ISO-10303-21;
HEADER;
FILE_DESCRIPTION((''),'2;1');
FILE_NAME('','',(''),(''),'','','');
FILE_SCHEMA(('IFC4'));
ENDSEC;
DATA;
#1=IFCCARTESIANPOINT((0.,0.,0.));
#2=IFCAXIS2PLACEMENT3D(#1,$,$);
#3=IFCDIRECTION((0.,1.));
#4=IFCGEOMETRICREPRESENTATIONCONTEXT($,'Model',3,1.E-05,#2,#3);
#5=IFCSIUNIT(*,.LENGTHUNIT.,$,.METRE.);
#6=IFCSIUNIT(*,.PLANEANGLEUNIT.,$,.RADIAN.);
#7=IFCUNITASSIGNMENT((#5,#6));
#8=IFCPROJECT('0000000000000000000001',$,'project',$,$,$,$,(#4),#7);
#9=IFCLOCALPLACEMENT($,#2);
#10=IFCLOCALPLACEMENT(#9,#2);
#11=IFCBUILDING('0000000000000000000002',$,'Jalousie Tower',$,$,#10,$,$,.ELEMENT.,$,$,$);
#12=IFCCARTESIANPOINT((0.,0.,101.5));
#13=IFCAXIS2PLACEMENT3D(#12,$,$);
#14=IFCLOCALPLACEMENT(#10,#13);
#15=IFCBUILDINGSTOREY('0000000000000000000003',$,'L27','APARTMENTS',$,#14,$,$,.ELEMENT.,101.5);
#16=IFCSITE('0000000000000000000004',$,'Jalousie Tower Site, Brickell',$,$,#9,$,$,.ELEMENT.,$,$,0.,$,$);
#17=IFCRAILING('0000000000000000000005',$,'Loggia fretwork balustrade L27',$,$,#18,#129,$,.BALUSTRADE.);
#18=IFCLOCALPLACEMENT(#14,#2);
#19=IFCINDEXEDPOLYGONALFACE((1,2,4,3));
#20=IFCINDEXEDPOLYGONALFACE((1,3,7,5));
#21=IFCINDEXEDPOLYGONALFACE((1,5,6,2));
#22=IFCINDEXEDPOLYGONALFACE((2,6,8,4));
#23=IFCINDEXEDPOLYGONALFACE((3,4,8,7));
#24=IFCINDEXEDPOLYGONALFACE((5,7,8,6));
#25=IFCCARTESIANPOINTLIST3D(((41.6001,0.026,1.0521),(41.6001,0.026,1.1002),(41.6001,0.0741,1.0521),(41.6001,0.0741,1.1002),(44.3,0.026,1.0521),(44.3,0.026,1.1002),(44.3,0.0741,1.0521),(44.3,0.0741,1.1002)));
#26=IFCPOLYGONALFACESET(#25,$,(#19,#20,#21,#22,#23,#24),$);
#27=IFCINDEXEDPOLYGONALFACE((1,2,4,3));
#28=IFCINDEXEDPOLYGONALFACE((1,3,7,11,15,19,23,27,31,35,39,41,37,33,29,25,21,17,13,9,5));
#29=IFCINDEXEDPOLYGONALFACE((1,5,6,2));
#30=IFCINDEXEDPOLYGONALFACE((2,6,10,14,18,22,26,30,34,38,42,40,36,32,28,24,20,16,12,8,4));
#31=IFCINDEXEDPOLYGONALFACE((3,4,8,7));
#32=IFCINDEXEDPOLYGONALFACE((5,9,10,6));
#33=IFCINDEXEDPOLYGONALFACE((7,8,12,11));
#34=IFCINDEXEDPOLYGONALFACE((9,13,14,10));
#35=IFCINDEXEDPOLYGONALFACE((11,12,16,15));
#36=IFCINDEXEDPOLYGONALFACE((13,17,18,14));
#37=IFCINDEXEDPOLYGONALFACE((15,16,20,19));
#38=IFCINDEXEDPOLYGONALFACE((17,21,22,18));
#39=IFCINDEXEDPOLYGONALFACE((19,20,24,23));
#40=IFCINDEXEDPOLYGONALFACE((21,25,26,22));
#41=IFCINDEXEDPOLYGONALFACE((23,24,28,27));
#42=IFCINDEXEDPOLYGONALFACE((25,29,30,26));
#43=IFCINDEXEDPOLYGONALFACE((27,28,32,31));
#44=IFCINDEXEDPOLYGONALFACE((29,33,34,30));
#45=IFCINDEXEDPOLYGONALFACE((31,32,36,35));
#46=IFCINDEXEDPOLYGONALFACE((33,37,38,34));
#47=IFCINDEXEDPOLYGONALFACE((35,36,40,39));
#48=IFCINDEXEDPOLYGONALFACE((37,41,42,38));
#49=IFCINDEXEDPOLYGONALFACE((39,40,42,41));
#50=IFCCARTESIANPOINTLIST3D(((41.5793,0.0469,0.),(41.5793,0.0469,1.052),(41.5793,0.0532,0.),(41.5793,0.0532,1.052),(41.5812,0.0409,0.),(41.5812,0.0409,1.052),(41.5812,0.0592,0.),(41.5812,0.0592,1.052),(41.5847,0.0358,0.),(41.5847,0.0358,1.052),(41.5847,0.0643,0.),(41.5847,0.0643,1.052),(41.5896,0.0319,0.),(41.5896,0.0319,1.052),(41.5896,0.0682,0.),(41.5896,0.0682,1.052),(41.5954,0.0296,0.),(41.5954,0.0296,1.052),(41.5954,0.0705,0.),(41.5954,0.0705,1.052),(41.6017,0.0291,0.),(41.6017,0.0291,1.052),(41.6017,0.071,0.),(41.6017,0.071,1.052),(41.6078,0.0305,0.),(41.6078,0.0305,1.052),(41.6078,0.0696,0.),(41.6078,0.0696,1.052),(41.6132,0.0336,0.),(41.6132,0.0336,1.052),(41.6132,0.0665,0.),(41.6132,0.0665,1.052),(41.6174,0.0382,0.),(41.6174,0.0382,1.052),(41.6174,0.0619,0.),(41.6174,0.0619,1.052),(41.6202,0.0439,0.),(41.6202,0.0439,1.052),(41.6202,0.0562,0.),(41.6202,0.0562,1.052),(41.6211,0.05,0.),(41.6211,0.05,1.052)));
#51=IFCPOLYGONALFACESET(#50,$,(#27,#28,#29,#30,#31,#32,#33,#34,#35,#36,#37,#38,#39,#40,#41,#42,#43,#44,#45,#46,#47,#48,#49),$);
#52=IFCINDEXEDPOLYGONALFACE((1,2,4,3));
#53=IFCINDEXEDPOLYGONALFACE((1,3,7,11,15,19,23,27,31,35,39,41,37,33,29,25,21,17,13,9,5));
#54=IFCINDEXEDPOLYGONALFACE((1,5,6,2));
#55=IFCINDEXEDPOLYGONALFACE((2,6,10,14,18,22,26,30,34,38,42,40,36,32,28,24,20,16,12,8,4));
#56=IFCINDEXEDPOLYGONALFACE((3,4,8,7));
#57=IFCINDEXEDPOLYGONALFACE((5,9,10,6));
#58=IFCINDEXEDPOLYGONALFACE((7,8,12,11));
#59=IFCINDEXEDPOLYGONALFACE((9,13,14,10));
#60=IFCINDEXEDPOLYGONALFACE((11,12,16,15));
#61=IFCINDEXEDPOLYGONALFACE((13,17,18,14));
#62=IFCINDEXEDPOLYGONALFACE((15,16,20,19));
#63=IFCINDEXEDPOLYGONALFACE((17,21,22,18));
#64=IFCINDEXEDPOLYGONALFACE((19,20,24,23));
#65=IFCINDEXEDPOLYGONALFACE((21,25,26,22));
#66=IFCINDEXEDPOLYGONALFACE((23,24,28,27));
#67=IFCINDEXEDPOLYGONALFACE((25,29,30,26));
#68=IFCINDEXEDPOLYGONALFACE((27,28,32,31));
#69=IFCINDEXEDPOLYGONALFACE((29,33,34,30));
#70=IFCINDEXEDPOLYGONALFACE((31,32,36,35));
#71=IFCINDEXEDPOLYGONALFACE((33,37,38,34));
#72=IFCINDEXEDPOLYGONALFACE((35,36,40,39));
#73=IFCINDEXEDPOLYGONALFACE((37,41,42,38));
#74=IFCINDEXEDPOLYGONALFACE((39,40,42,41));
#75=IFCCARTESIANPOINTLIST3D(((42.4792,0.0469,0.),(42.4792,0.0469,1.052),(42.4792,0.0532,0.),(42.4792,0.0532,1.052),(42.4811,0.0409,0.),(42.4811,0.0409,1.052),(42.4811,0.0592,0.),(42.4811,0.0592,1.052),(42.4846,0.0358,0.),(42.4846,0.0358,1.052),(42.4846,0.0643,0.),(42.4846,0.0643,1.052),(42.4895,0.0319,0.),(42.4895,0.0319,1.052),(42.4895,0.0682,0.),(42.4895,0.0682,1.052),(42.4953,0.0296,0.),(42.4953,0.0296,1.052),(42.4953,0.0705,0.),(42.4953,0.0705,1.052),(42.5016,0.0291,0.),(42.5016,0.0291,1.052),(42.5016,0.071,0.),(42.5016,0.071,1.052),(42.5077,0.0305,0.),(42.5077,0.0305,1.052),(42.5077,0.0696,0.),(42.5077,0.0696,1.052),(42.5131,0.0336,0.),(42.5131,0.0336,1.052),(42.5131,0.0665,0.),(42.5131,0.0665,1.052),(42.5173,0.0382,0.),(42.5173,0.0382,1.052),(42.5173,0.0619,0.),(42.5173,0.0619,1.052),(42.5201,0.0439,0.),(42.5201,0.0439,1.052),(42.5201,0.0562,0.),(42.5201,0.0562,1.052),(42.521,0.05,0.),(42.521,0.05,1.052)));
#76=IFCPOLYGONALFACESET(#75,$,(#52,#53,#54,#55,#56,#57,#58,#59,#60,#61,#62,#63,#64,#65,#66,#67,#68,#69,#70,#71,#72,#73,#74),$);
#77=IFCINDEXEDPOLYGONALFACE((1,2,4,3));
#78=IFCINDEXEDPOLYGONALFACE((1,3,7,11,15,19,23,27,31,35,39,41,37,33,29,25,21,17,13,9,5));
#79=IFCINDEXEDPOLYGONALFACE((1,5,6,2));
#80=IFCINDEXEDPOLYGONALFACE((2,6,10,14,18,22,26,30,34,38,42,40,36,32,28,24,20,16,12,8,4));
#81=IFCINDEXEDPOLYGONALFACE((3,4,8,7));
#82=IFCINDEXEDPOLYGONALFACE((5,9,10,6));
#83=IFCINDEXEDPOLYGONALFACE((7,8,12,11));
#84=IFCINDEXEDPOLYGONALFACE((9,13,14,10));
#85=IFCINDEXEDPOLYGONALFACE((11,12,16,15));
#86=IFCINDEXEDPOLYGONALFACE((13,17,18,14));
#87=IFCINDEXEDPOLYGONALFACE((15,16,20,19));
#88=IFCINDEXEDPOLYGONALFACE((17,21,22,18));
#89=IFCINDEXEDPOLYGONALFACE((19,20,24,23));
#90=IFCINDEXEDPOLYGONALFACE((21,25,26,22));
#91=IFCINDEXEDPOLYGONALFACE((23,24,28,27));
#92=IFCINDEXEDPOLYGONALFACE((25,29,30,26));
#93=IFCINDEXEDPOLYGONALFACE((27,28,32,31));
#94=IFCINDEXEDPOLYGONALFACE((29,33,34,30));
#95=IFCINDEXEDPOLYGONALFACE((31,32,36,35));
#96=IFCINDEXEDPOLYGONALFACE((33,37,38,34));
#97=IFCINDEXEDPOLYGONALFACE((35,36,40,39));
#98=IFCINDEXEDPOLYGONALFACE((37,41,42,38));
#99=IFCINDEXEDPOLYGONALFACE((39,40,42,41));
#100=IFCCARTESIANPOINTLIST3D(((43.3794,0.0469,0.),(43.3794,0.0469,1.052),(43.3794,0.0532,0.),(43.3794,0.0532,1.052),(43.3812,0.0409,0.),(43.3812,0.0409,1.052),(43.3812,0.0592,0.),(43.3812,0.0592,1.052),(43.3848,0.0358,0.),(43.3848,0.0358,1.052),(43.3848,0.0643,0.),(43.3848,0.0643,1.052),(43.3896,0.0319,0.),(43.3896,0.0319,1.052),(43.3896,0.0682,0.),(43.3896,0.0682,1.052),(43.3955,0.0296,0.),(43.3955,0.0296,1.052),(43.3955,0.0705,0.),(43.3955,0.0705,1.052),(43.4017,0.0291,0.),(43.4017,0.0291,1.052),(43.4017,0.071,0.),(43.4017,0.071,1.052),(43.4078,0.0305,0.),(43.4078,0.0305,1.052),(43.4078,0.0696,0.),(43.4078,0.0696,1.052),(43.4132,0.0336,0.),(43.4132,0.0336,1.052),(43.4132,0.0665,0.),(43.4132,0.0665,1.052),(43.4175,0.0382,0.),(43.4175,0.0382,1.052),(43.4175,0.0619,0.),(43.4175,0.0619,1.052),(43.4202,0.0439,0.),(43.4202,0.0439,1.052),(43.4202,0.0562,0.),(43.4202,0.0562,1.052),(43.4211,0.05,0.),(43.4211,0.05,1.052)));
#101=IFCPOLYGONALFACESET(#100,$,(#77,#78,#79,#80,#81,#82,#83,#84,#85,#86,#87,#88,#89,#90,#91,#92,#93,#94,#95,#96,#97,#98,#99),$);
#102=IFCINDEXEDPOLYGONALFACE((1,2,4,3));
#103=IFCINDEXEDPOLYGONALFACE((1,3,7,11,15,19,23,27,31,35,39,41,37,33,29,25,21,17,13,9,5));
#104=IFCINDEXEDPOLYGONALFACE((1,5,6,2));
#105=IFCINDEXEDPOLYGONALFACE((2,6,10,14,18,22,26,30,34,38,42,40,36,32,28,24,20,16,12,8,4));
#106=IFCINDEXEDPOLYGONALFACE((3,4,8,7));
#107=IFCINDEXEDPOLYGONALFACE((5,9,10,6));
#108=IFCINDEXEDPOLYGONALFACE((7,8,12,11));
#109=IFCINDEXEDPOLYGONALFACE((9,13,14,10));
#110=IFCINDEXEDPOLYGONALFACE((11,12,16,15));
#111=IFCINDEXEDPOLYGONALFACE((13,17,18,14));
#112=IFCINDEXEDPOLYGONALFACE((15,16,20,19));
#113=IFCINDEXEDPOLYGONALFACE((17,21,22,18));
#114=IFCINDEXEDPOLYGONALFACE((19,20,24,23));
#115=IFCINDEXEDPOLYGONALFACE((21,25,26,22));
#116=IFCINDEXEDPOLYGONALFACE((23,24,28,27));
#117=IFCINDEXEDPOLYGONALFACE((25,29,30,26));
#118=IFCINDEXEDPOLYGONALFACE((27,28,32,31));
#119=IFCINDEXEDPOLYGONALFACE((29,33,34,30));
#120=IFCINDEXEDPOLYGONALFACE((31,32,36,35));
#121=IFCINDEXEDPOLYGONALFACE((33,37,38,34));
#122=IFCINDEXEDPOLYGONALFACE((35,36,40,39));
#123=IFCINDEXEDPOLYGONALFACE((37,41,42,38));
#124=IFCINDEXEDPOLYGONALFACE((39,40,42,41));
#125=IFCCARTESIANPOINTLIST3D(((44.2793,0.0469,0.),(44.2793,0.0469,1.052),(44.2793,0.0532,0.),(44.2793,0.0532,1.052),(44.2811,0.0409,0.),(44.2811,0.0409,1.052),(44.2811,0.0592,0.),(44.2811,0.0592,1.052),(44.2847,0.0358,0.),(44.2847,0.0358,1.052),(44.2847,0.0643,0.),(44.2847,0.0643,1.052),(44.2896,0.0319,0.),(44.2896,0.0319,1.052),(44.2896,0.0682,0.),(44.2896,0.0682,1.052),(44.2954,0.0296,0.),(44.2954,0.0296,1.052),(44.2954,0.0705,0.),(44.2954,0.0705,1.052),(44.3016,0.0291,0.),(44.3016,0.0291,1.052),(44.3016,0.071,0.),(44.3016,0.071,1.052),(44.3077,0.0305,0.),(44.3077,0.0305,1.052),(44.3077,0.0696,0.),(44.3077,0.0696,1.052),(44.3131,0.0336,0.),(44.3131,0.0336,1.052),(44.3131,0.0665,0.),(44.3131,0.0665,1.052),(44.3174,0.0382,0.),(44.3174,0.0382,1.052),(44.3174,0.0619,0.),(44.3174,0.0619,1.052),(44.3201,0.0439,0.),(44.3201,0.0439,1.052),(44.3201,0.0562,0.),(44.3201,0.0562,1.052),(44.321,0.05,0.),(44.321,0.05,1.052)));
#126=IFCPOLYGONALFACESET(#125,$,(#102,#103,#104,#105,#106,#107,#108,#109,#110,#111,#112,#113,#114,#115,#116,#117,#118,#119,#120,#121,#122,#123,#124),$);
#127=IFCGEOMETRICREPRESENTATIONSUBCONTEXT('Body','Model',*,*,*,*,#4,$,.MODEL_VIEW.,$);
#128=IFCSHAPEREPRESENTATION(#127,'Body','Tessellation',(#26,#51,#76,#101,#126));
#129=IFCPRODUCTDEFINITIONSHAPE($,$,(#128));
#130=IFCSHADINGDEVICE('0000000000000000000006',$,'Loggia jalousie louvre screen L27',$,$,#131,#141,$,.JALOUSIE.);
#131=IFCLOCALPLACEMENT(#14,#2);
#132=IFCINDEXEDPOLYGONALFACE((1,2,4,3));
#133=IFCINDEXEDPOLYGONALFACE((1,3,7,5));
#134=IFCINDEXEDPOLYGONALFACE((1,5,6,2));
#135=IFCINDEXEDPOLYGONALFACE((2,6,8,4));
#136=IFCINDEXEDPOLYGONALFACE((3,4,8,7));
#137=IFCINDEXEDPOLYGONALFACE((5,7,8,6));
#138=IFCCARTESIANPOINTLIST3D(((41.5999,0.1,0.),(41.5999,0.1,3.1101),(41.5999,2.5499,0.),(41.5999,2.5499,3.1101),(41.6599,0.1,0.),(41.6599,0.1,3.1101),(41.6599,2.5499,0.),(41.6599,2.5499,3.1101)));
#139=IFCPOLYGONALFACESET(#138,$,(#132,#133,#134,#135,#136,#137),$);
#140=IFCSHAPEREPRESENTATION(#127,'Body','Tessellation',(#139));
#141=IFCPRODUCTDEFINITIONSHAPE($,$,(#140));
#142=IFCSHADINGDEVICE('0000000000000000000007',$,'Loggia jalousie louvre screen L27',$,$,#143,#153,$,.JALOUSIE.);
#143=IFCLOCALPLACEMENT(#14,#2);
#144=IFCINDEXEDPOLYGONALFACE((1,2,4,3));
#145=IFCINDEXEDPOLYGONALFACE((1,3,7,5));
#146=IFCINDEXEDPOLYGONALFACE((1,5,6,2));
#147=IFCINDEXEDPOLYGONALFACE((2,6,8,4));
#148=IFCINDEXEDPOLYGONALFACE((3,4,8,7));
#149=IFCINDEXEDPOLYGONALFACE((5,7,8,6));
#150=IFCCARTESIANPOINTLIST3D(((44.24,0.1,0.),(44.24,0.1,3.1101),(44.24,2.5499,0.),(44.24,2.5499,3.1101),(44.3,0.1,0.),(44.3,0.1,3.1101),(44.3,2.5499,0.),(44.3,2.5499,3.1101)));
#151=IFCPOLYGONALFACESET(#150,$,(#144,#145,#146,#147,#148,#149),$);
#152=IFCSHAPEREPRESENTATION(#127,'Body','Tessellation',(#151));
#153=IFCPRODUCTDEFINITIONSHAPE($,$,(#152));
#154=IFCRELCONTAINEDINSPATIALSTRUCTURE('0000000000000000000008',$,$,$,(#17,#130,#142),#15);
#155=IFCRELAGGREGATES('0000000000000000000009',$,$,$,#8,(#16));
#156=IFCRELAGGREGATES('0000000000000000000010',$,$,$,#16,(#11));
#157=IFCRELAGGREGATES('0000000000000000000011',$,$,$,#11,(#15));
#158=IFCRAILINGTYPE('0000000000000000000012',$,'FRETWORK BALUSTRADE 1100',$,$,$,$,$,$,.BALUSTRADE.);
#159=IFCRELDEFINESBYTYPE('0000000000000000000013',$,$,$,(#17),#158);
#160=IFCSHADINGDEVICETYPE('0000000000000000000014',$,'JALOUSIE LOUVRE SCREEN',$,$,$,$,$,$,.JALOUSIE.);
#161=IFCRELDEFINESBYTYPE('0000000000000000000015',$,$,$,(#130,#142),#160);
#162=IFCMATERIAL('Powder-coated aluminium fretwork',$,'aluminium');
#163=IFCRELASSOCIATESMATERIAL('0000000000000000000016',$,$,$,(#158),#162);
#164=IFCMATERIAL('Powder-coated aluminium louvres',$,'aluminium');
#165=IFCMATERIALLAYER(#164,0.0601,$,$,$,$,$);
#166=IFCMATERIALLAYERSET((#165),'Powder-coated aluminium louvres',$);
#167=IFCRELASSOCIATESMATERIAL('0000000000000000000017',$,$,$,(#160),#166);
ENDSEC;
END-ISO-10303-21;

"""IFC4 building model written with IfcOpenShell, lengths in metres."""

from ifc_helpers import new_model, si_unit, direction, frame, origin, origin_2d, place, context, subcontext, project, spatial, rectangle, circle, extrude, material, layer, layer_set, type_object, element, save


model = new_model("IFC4")

# Units and contexts
model_context = context("Model", 3, precision=1e-05, world=origin(), true_north=direction((0.0, 1.0)))
body_context = subcontext(model_context, "Body", "Model", "MODEL_VIEW")
ifc_project = project(units=[si_unit("LENGTHUNIT", "METRE"), si_unit("PLANEANGLEUNIT", "RADIAN")], contexts=[model_context])

# Site, building, storey
site_placement = place(None, origin())
site = spatial("IfcSite", under=ifc_project, at=site_placement, Name="Jalousie Tower Site, Brickell", CompositionType="ELEMENT", RefElevation=0.0)
building_placement = place(site_placement, origin())
building = spatial("IfcBuilding", under=site, at=building_placement, Name="Jalousie Tower", CompositionType="ELEMENT")
storey_placement = place(building_placement, frame((0.0, 0.0, 101.5)))
storey = spatial("IfcBuildingStorey", under=building, at=storey_placement, Name="L27", Description="APARTMENTS", CompositionType="ELEMENT", Elevation=101.5)

# Railing
ifc_material_1 = material(Name="Powder-coated aluminium fretwork", Category="aluminium")
railing_type = type_object("IfcRailingType", Name="FRETWORK BALUSTRADE 1100", PredefinedType="BALUSTRADE", material=ifc_material_1)
railing_placement = place(storey_placement, frame((41.6001, 0.05, 0.0)))
element("IfcRailing", 1, at=railing_placement, inside=storey, type_object=railing_type, Name="Loggia fretwork balustrade L27", PredefinedType="BALUSTRADE", context=body_context, shape_type="SweptSolid", body=[
    extrude(rectangle(XDim=0.0481, YDim=0.0481, at=origin_2d()), frame((0.0, 0.0, 1.0762), z_axis=(1.0, 0.0, 0.0), x_axis=(0.0, 1.0, 0.0)), (0.0, 0.0, 1.0), 2.7),
    extrude(circle(Radius=0.021, at=origin_2d()), origin(), (0.0, 0.0, 1.0), 1.052),
    extrude(circle(Radius=0.021, at=origin_2d()), frame((0.8999, 0.0, 0.0)), (0.0, 0.0, 1.0), 1.052),
    extrude(circle(Radius=0.021, at=origin_2d()), frame((1.8, 0.0, 0.0)), (0.0, 0.0, 1.0), 1.052),
    extrude(circle(Radius=0.021, at=origin_2d()), frame((2.7, 0.0, 0.0)), (0.0, 0.0, 1.0), 1.052),
])

# Shading devices
ifc_material_2 = material(Name="Powder-coated aluminium louvres", Category="aluminium")
ifc_layer_1 = layer(ifc_material_2, 0.0601)
ifc_layer_set_1 = layer_set([ifc_layer_1], Name="Powder-coated aluminium louvres")
shading_device_type_1 = type_object("IfcShadingDeviceType", Name="JALOUSIE LOUVRE SCREEN", PredefinedType="JALOUSIE", material=ifc_layer_set_1)
for number, where, z_axis, x_axis, name in (
    (2, (41.6299, 1.325, 0.0), (0.0, 0.0, 1.0), (1.0, 0.0, 0.0), "Loggia jalousie louvre screen L27"),
    (3, (44.27, 1.325, 0.0), (0.0, 0.0, 1.0), (1.0, 0.0, 0.0), "Loggia jalousie louvre screen L27"),
):
    element("IfcShadingDevice", number, at=place(storey_placement, frame(where, z_axis=z_axis, x_axis=x_axis)), inside=storey, type_object=shading_device_type_1, Name=name, PredefinedType="JALOUSIE", context=body_context, shape_type="SweptSolid", body=[
        extrude(rectangle(XDim=0.0601, YDim=2.45, at=origin_2d()), origin(), (0.0, 0.0, 1.0), 3.1101),
    ])

save(model, "model.ifc")
